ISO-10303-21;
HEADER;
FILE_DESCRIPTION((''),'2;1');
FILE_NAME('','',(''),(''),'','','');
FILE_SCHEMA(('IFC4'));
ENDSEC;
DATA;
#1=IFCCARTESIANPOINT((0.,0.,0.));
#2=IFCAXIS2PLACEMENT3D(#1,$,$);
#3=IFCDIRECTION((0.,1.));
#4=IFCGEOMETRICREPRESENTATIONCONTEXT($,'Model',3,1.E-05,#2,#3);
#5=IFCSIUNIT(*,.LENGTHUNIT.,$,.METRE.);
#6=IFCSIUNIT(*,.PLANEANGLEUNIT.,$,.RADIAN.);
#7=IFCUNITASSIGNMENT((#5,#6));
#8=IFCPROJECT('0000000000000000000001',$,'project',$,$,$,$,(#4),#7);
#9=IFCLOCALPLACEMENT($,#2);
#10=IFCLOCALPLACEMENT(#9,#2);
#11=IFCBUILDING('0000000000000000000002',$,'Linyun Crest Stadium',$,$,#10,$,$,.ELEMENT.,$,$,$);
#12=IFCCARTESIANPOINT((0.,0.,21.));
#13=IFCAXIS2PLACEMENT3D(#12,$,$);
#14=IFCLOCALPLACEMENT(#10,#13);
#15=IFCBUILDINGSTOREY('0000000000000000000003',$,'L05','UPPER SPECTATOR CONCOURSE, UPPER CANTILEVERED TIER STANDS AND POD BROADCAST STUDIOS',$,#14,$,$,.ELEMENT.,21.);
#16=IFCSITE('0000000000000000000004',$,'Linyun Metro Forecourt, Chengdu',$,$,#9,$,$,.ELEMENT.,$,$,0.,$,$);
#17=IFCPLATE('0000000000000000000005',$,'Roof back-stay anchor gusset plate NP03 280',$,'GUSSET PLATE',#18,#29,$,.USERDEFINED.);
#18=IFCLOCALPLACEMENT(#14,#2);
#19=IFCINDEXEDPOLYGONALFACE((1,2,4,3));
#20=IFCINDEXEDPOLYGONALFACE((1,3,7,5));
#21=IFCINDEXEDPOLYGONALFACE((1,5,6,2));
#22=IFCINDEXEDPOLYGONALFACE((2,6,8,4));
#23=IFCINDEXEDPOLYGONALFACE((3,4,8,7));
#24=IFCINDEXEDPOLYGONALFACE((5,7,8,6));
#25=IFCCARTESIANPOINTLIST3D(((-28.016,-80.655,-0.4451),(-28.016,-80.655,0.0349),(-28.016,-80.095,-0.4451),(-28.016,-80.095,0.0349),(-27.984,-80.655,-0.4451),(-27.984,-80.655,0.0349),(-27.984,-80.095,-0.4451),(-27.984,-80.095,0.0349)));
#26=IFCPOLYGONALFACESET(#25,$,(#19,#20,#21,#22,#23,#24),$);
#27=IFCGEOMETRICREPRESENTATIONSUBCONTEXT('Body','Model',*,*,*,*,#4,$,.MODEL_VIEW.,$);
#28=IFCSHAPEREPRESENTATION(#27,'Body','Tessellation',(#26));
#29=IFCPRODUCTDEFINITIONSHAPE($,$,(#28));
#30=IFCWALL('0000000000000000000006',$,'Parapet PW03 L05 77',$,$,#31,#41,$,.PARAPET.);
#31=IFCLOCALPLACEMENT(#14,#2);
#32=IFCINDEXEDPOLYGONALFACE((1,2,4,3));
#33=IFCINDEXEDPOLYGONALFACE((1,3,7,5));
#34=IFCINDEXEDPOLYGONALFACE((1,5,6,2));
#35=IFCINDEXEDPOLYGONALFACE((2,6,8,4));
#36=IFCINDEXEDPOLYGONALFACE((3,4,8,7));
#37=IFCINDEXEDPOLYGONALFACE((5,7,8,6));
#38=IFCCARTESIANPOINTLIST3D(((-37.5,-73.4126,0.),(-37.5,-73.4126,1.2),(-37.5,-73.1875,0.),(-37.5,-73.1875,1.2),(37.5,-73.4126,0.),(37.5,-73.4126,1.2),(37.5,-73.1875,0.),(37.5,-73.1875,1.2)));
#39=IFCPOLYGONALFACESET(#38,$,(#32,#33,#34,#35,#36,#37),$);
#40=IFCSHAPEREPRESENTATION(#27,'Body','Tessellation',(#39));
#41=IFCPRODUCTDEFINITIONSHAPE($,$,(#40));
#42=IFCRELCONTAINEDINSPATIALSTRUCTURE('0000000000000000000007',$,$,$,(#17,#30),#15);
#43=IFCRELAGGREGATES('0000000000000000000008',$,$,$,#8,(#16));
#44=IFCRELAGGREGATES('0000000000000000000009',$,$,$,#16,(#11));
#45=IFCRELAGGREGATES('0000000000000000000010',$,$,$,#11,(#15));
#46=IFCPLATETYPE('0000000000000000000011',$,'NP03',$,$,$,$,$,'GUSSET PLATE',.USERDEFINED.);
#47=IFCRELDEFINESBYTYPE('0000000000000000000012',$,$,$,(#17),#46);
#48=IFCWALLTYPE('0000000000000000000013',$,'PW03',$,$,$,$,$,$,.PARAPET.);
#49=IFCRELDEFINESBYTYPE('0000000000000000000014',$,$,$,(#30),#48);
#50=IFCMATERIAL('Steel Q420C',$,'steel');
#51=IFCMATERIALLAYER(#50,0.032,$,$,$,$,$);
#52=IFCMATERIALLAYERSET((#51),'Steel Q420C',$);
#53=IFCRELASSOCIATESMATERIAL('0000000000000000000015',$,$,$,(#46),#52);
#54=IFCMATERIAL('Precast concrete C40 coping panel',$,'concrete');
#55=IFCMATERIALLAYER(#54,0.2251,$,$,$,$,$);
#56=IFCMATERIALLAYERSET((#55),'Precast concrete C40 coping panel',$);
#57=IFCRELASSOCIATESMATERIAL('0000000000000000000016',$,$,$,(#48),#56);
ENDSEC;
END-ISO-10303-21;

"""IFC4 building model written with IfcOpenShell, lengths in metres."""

from ifc_helpers import new_model, si_unit, direction, frame, frame_2d, origin, origin_2d, place, context, subcontext, project, spatial, rectangle, extrude, material, layer, layer_set, type_object, element, save


model = new_model("IFC4")

# Units and contexts
model_context = context("Model", 3, precision=1e-05, world=origin(), true_north=direction((0.0, 1.0)))
body_context = subcontext(model_context, "Body", "Model", "MODEL_VIEW")
ifc_project = project(units=[si_unit("LENGTHUNIT", "METRE"), si_unit("PLANEANGLEUNIT", "RADIAN")], contexts=[model_context])

# Site, building, storey
site_placement = place(None, origin())
site = spatial("IfcSite", under=ifc_project, at=site_placement, Name="Linyun Metro Forecourt, Chengdu", CompositionType="ELEMENT", RefElevation=0.0)
building_placement = place(site_placement, origin())
building = spatial("IfcBuilding", under=site, at=building_placement, Name="Linyun Crest Stadium", CompositionType="ELEMENT")
storey_placement = place(building_placement, frame((0.0, 0.0, 21.0)))
storey = spatial("IfcBuildingStorey", under=building, at=storey_placement, Name="L05", Description="UPPER SPECTATOR CONCOURSE, UPPER CANTILEVERED TIER STANDS AND POD BROADCAST STUDIOS", CompositionType="ELEMENT", Elevation=21.0)

# Plate
ifc_material_1 = material(Name="Steel Q420C", Category="steel")
ifc_layer_1 = layer(ifc_material_1, 0.032)
ifc_layer_set_1 = layer_set([ifc_layer_1], Name="Steel Q420C")
plate_type_1 = type_object("IfcPlateType", Name="NP03", ElementType="GUSSET PLATE", PredefinedType="USERDEFINED", material=ifc_layer_set_1)
plate_1_placement = place(storey_placement, frame((-28.0, -80.375, -0.4451), z_axis=(0.0, 0.0, 1.0), x_axis=(0.0, 1.0, 0.0)))
element("IfcPlate", 1, at=plate_1_placement, inside=storey, type_object=plate_type_1, Name="Roof back-stay anchor gusset plate NP03 280", ObjectType="GUSSET PLATE", PredefinedType="USERDEFINED", context=body_context, shape_type="SweptSolid", body=[
    extrude(rectangle(XDim=0.5601, YDim=0.032, at=origin_2d()), origin(), (0.0, 0.0, 1.0), 0.48),
])

# Wall
ifc_material_2 = material(Name="Precast concrete C40 coping panel", Category="concrete")
ifc_layer_2 = layer(ifc_material_2, 0.2251)
ifc_layer_set_2 = layer_set([ifc_layer_2], Name="Precast concrete C40 coping panel")
wall_type = type_object("IfcWallType", Name="PW03", PredefinedType="PARAPET", material=ifc_layer_set_2)
wall_placement = place(storey_placement, frame((-37.5, -73.3, 0.0), z_axis=(0.0, 0.0, 1.0), x_axis=(1.0, 0.0, 0.0)))
element("IfcWall", 2, at=wall_placement, inside=storey, type_object=wall_type, Name="Parapet PW03 L05 77", PredefinedType="PARAPET", context=body_context, shape_type="SweptSolid", body=[
    extrude(rectangle(XDim=75.0, YDim=0.2251, at=frame_2d((37.5, 0.0))), origin(), (0.0, 0.0, 1.0), 1.2),
])

save(model, "model.ifc")
